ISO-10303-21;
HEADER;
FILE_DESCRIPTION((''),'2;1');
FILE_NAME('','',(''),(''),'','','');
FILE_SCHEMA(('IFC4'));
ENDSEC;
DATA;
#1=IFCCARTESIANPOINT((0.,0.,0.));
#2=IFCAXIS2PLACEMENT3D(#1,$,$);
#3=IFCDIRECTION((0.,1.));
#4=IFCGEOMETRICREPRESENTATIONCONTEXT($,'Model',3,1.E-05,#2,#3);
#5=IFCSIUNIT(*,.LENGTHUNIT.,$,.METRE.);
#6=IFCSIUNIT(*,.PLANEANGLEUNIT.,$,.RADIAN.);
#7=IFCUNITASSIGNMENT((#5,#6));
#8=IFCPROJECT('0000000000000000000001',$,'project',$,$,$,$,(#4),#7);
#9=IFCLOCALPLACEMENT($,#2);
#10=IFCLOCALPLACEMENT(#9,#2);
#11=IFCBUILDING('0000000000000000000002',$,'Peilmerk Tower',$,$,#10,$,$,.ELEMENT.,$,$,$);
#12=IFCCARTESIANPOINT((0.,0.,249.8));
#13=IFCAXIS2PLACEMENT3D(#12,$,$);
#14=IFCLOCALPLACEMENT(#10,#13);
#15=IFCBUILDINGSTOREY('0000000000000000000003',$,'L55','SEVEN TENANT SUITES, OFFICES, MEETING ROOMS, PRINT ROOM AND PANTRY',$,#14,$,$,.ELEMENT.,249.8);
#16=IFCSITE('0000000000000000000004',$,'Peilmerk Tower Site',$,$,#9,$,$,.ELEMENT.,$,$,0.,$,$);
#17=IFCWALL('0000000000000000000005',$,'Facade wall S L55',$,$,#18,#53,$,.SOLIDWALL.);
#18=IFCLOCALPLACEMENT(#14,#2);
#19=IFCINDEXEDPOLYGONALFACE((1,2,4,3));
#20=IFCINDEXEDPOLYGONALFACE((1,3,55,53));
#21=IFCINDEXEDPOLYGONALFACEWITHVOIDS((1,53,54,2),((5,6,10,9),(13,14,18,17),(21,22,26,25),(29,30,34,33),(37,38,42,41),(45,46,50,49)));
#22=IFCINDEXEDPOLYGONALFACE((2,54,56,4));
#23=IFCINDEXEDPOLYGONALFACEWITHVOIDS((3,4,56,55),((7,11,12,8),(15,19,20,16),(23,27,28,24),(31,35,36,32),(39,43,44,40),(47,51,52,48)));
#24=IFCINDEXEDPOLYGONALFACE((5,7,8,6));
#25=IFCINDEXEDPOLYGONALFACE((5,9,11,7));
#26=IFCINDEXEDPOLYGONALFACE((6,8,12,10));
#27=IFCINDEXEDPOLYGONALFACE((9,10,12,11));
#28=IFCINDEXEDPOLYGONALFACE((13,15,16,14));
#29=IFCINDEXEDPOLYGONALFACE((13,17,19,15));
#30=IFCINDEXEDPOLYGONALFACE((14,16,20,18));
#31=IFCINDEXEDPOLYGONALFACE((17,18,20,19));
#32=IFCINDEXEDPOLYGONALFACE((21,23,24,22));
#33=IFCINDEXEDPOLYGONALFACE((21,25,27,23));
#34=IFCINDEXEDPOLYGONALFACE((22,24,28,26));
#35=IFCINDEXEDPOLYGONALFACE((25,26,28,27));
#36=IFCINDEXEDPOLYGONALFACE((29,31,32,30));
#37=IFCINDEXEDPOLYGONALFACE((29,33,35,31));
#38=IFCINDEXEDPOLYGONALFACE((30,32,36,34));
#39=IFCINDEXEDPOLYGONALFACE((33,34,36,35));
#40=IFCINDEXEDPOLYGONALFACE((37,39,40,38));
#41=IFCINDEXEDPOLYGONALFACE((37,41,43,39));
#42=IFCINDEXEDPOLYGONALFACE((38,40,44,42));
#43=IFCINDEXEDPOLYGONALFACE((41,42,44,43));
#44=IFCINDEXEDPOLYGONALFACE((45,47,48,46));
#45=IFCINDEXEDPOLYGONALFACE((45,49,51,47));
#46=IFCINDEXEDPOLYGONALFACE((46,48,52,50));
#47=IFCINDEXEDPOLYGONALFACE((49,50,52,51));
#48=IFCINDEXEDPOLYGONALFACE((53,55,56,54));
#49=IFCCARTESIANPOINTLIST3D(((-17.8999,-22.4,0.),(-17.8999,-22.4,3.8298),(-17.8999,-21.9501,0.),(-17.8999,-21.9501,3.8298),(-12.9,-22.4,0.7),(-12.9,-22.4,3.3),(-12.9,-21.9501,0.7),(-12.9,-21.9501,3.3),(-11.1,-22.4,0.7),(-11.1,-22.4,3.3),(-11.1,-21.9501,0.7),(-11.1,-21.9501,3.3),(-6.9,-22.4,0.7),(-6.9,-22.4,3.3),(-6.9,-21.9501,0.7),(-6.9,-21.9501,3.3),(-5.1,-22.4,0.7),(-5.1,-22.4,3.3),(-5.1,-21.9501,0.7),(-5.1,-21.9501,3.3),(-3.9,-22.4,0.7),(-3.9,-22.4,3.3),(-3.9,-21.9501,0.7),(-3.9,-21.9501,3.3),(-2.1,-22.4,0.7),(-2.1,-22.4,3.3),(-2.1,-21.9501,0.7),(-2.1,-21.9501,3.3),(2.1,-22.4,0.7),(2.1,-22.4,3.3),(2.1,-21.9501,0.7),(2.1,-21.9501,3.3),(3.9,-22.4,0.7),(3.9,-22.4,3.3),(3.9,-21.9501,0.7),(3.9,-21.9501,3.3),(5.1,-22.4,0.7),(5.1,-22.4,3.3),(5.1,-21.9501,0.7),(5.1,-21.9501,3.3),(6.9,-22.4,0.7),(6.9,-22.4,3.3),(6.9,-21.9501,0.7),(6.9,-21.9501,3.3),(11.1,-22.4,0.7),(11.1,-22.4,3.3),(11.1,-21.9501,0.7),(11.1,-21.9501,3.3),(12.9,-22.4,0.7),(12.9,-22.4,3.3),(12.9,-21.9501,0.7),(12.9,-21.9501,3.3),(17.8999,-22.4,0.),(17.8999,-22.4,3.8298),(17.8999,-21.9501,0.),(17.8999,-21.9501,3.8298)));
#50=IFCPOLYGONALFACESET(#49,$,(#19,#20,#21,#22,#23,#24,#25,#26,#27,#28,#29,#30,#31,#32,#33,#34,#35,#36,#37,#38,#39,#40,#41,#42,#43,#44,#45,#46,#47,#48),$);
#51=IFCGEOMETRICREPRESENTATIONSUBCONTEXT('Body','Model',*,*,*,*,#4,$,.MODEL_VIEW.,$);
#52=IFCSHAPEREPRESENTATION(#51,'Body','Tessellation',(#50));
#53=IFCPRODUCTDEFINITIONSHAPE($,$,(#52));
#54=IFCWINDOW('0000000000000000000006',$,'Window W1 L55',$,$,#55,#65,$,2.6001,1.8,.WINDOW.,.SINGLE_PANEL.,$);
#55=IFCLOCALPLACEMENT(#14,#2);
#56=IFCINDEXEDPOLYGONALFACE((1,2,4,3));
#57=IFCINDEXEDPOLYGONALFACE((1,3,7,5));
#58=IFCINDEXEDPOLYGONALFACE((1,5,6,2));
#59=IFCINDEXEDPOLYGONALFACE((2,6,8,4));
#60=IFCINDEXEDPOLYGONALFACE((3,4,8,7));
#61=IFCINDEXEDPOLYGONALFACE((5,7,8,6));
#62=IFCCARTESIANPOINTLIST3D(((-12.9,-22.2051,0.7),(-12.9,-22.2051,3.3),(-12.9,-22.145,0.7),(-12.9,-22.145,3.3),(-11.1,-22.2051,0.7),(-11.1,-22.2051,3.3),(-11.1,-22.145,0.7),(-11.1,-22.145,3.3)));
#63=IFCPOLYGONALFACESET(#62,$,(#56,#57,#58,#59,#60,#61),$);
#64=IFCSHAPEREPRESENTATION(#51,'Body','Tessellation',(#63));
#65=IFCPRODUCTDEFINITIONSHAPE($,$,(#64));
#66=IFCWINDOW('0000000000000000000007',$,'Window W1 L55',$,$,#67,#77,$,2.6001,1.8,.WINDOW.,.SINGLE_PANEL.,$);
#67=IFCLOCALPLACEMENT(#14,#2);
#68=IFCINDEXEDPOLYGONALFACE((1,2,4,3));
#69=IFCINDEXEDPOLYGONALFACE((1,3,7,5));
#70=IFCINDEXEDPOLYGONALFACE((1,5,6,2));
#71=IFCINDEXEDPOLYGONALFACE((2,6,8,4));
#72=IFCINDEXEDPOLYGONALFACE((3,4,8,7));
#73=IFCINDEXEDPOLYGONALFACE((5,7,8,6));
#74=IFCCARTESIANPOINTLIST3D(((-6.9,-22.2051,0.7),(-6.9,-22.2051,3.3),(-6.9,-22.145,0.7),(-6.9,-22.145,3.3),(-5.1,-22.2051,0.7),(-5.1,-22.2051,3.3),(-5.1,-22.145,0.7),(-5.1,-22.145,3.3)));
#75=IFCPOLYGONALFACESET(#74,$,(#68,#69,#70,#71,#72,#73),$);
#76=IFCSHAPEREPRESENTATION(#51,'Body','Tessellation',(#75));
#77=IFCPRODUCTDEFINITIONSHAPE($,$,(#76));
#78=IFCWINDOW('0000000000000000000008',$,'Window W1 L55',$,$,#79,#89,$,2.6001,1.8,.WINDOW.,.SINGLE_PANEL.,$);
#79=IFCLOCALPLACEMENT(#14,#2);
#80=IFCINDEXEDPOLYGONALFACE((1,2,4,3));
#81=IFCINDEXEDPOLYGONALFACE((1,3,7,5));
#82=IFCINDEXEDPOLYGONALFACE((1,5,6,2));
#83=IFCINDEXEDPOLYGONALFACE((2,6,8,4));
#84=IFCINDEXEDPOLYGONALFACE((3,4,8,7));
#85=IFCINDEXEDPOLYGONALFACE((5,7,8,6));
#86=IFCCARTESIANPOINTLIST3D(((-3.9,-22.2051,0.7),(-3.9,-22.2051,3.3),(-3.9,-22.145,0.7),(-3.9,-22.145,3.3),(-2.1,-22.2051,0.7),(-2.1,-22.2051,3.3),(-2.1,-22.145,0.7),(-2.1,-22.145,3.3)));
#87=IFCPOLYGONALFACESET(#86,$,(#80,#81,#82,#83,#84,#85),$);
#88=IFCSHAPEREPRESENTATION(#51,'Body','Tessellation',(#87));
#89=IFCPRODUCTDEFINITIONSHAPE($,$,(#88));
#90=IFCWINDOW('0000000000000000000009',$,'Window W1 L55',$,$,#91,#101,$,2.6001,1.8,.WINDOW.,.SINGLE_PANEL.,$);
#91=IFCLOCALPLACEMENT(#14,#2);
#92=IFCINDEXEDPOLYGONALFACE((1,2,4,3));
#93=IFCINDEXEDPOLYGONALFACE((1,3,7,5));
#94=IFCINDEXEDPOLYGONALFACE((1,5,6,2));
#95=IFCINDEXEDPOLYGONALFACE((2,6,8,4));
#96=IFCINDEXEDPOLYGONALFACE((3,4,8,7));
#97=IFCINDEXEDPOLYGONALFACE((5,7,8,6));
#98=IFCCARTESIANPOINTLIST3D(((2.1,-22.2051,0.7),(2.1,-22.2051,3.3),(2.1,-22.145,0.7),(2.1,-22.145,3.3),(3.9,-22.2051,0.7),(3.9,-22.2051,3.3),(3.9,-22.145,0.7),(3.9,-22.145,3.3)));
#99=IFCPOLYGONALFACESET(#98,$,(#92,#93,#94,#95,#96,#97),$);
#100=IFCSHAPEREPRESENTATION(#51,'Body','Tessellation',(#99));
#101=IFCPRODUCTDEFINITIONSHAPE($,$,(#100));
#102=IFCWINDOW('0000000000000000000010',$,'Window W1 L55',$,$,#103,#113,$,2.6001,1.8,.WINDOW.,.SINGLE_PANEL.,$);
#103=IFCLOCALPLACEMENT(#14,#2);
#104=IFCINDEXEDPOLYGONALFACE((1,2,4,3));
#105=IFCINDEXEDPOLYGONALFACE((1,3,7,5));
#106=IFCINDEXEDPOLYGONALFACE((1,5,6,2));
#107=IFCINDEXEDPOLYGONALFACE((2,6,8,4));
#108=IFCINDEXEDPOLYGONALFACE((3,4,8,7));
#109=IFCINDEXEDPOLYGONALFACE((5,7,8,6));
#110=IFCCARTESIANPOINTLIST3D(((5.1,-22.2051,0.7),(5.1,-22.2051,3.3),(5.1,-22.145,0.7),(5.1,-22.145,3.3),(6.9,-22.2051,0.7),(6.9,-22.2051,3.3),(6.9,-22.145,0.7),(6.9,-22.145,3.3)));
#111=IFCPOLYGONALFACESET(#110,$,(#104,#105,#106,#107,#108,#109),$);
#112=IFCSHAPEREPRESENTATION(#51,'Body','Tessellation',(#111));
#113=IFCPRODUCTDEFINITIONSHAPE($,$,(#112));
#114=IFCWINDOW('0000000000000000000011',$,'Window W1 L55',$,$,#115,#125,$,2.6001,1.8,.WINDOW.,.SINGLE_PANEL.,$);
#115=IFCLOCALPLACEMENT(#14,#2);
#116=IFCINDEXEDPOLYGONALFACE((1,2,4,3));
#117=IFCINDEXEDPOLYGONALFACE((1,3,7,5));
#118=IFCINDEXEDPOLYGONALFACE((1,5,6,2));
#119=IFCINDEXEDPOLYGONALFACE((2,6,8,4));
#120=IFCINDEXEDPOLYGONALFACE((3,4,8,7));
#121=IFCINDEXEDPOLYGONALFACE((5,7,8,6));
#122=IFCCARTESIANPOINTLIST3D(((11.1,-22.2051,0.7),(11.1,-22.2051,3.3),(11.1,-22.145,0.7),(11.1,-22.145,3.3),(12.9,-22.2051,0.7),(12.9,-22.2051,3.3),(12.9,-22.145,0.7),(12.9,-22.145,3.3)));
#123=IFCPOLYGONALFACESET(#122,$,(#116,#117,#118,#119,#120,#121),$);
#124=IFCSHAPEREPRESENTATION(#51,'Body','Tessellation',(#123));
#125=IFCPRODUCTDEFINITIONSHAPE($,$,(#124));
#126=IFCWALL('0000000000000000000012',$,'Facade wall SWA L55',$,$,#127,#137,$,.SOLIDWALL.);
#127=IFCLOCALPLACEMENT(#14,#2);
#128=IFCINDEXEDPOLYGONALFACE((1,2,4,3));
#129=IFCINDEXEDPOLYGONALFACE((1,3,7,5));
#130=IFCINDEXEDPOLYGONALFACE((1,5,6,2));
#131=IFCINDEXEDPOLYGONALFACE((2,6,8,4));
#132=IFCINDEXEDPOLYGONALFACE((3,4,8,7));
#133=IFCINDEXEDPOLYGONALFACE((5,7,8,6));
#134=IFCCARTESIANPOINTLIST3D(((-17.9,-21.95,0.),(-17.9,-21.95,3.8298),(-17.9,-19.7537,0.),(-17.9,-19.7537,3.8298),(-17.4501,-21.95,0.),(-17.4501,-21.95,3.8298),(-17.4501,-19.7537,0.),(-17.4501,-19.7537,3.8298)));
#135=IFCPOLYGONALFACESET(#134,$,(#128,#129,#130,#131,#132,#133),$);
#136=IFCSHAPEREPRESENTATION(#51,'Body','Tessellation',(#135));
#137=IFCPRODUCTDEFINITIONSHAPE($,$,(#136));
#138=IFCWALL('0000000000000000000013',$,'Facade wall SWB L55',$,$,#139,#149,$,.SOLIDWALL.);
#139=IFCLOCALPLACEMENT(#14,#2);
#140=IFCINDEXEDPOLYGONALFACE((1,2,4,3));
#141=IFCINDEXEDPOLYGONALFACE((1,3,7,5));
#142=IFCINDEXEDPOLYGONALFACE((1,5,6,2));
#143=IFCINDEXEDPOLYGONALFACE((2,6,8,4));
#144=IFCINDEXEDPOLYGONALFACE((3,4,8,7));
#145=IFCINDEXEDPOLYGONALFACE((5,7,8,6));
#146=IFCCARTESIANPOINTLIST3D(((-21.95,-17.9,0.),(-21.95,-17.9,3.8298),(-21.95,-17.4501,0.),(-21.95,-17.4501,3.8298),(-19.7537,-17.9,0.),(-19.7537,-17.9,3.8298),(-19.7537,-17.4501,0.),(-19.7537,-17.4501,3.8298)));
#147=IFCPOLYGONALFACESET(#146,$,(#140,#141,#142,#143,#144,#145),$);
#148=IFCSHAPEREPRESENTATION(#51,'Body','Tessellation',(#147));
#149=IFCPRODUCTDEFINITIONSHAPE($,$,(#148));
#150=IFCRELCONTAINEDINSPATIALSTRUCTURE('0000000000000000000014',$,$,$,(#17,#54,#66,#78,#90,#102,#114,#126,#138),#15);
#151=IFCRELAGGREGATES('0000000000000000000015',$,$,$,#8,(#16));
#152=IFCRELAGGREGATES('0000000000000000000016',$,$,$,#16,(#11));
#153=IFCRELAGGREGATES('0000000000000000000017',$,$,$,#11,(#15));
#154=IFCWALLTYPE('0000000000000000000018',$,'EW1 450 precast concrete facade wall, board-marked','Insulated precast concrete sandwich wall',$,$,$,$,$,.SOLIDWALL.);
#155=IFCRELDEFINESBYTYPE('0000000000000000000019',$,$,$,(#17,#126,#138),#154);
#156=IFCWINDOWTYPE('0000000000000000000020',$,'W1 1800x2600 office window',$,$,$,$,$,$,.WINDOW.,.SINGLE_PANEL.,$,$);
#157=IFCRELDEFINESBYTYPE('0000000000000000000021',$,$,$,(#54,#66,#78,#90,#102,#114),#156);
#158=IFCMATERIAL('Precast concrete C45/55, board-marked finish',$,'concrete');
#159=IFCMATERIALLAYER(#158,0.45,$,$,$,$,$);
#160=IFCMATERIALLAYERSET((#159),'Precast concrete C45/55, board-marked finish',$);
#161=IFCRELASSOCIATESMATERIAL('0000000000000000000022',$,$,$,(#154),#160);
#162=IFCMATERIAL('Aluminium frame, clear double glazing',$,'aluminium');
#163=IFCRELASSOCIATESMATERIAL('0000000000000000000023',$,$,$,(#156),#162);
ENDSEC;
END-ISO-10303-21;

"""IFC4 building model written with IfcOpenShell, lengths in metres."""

from ifc_helpers import new_model, si_unit, direction, frame, frame_2d, origin, place, context, subcontext, project, spatial, rectangle, extrude, material, layer, layer_set, type_object, element, fill, save


model = new_model("IFC4")

# Units and contexts
model_context = context("Model", 3, precision=1e-05, world=origin(), true_north=direction((0.0, 1.0)))
body_context = subcontext(model_context, "Body", "Model", "MODEL_VIEW")
ifc_project = project(units=[si_unit("LENGTHUNIT", "METRE"), si_unit("PLANEANGLEUNIT", "RADIAN")], contexts=[model_context])

# Site, building, storey
site_placement = place(None, origin())
site = spatial("IfcSite", under=ifc_project, at=site_placement, Name="Peilmerk Tower Site", CompositionType="ELEMENT", RefElevation=0.0)
building_placement = place(site_placement, origin())
building = spatial("IfcBuilding", under=site, at=building_placement, Name="Peilmerk Tower", CompositionType="ELEMENT")
storey_placement = place(building_placement, frame((0.0, 0.0, 249.8)))
storey = spatial("IfcBuildingStorey", under=building, at=storey_placement, Name="L55", Description="SEVEN TENANT SUITES, OFFICES, MEETING ROOMS, PRINT ROOM AND PANTRY", CompositionType="ELEMENT", Elevation=249.8)

# Wall, openings, windows
ifc_material_1 = material(Name="Precast concrete C45/55, board-marked finish", Category="concrete")
ifc_layer_1 = layer(ifc_material_1, 0.45)
ifc_layer_set_1 = layer_set([ifc_layer_1], Name="Precast concrete C45/55, board-marked finish")
wall_type = type_object("IfcWallType", Name="EW1 450 precast concrete facade wall, board-marked", Description="Insulated precast concrete sandwich wall", PredefinedType="SOLIDWALL", material=ifc_layer_set_1)
wall_placement = place(storey_placement, frame((-17.8999, -22.175, 0.0), z_axis=(0.0, 0.0, 1.0), x_axis=(1.0, 0.0, 0.0)))
wall = element("IfcWall", 1, at=wall_placement, inside=storey, type_object=wall_type, Name="Facade wall S L55", PredefinedType="SOLIDWALL", context=body_context, shape_type="SweptSolid", body=[
    extrude(rectangle(XDim=35.7998, YDim=0.45, at=frame_2d((17.8999, 0.0))), origin(), (0.0, 0.0, 1.0), 3.8298),
])
opening_1_placement = place(wall_placement, frame((5.0, 0.0, 0.7)))
opening_1 = element("IfcOpeningElement", 2, at=opening_1_placement, cuts=wall, PredefinedType="OPENING", context=body_context, shape_type="SweptSolid", body=[
    extrude(rectangle(XDim=1.8, YDim=2.6001, at=frame_2d((0.8999, 1.3))), frame((0.0, 0.2349, 0.0), z_axis=(0.0, -1.0, 0.0), x_axis=(1.0, 0.0, 0.0)), (0.0, 0.0, 1.0), 0.47),
])
opening_2_placement = place(wall_placement, frame((11.0, 0.0, 0.7)))
opening_2 = element("IfcOpeningElement", 3, at=opening_2_placement, cuts=wall, PredefinedType="OPENING", context=body_context, shape_type="SweptSolid", body=[
    extrude(rectangle(XDim=1.8, YDim=2.6001, at=frame_2d((0.8999, 1.3))), frame((0.0, 0.2349, 0.0), z_axis=(0.0, -1.0, 0.0), x_axis=(1.0, 0.0, 0.0)), (0.0, 0.0, 1.0), 0.47),
])
opening_3_placement = place(wall_placement, frame((14.0, 0.0, 0.7)))
opening_3 = element("IfcOpeningElement", 4, at=opening_3_placement, cuts=wall, PredefinedType="OPENING", context=body_context, shape_type="SweptSolid", body=[
    extrude(rectangle(XDim=1.8, YDim=2.6001, at=frame_2d((0.8999, 1.3))), frame((0.0, 0.2349, 0.0), z_axis=(0.0, -1.0, 0.0), x_axis=(1.0, 0.0, 0.0)), (0.0, 0.0, 1.0), 0.47),
])
opening_4_placement = place(wall_placement, frame((20.0, 0.0, 0.7)))
opening_4 = element("IfcOpeningElement", 5, at=opening_4_placement, cuts=wall, PredefinedType="OPENING", context=body_context, shape_type="SweptSolid", body=[
    extrude(rectangle(XDim=1.8, YDim=2.6001, at=frame_2d((0.8999, 1.3))), frame((0.0, 0.2349, 0.0), z_axis=(0.0, -1.0, 0.0), x_axis=(1.0, 0.0, 0.0)), (0.0, 0.0, 1.0), 0.47),
])
opening_5_placement = place(wall_placement, frame((23.0, 0.0, 0.7)))
opening_5 = element("IfcOpeningElement", 6, at=opening_5_placement, cuts=wall, PredefinedType="OPENING", context=body_context, shape_type="SweptSolid", body=[
    extrude(rectangle(XDim=1.8, YDim=2.6001, at=frame_2d((0.8999, 1.3))), frame((0.0, 0.2349, 0.0), z_axis=(0.0, -1.0, 0.0), x_axis=(1.0, 0.0, 0.0)), (0.0, 0.0, 1.0), 0.47),
])
opening_6_placement = place(wall_placement, frame((29.0, 0.0, 0.7)))
opening_6 = element("IfcOpeningElement", 7, at=opening_6_placement, cuts=wall, PredefinedType="OPENING", context=body_context, shape_type="SweptSolid", body=[
    extrude(rectangle(XDim=1.8, YDim=2.6001, at=frame_2d((0.8999, 1.3))), frame((0.0, 0.2349, 0.0), z_axis=(0.0, -1.0, 0.0), x_axis=(1.0, 0.0, 0.0)), (0.0, 0.0, 1.0), 0.47),
])
ifc_material_2 = material(Name="Aluminium frame, clear double glazing", Category="aluminium")
window_type = type_object("IfcWindowType", Name="W1 1800x2600 office window", PartitioningType="SINGLE_PANEL", PredefinedType="WINDOW", material=ifc_material_2)
window_1_placement = place(opening_1_placement, origin())
window_1 = element("IfcWindow", 8, at=window_1_placement, inside=storey, type_object=window_type, Name="Window W1 L55", OverallHeight=2.6001, OverallWidth=1.8, PartitioningType="SINGLE_PANEL", PredefinedType="WINDOW", context=body_context, shape_type="SweptSolid", body=[
    extrude(rectangle(XDim=1.8, YDim=2.6001, at=frame_2d((0.8999, 1.3))), frame((0.0, 0.03, 0.0), z_axis=(0.0, -1.0, 0.0), x_axis=(1.0, 0.0, 0.0)), (0.0, 0.0, 1.0), 0.0601),
])
fill(opening_1, window_1)
window_2_placement = place(opening_2_placement, origin())
window_2 = element("IfcWindow", 9, at=window_2_placement, inside=storey, type_object=window_type, Name="Window W1 L55", OverallHeight=2.6001, OverallWidth=1.8, PartitioningType="SINGLE_PANEL", PredefinedType="WINDOW", context=body_context, shape_type="SweptSolid", body=[
    extrude(rectangle(XDim=1.8, YDim=2.6001, at=frame_2d((0.8999, 1.3))), frame((0.0, 0.03, 0.0), z_axis=(0.0, -1.0, 0.0), x_axis=(1.0, 0.0, 0.0)), (0.0, 0.0, 1.0), 0.0601),
])
fill(opening_2, window_2)
window_3_placement = place(opening_3_placement, origin())
window_3 = element("IfcWindow", 10, at=window_3_placement, inside=storey, type_object=window_type, Name="Window W1 L55", OverallHeight=2.6001, OverallWidth=1.8, PartitioningType="SINGLE_PANEL", PredefinedType="WINDOW", context=body_context, shape_type="SweptSolid", body=[
    extrude(rectangle(XDim=1.8, YDim=2.6001, at=frame_2d((0.8999, 1.3))), frame((0.0, 0.03, 0.0), z_axis=(0.0, -1.0, 0.0), x_axis=(1.0, 0.0, 0.0)), (0.0, 0.0, 1.0), 0.0601),
])
fill(opening_3, window_3)
window_4_placement = place(opening_4_placement, origin())
window_4 = element("IfcWindow", 11, at=window_4_placement, inside=storey, type_object=window_type, Name="Window W1 L55", OverallHeight=2.6001, OverallWidth=1.8, PartitioningType="SINGLE_PANEL", PredefinedType="WINDOW", context=body_context, shape_type="SweptSolid", body=[
    extrude(rectangle(XDim=1.8, YDim=2.6001, at=frame_2d((0.8999, 1.3))), frame((0.0, 0.03, 0.0), z_axis=(0.0, -1.0, 0.0), x_axis=(1.0, 0.0, 0.0)), (0.0, 0.0, 1.0), 0.0601),
])
fill(opening_4, window_4)
window_5_placement = place(opening_5_placement, origin())
window_5 = element("IfcWindow", 12, at=window_5_placement, inside=storey, type_object=window_type, Name="Window W1 L55", OverallHeight=2.6001, OverallWidth=1.8, PartitioningType="SINGLE_PANEL", PredefinedType="WINDOW", context=body_context, shape_type="SweptSolid", body=[
    extrude(rectangle(XDim=1.8, YDim=2.6001, at=frame_2d((0.8999, 1.3))), frame((0.0, 0.03, 0.0), z_axis=(0.0, -1.0, 0.0), x_axis=(1.0, 0.0, 0.0)), (0.0, 0.0, 1.0), 0.0601),
])
fill(opening_5, window_5)
window_6_placement = place(opening_6_placement, origin())
window_6 = element("IfcWindow", 13, at=window_6_placement, inside=storey, type_object=window_type, Name="Window W1 L55", OverallHeight=2.6001, OverallWidth=1.8, PartitioningType="SINGLE_PANEL", PredefinedType="WINDOW", context=body_context, shape_type="SweptSolid", body=[
    extrude(rectangle(XDim=1.8, YDim=2.6001, at=frame_2d((0.8999, 1.3))), frame((0.0, 0.03, 0.0), z_axis=(0.0, -1.0, 0.0), x_axis=(1.0, 0.0, 0.0)), (0.0, 0.0, 1.0), 0.0601),
])
fill(opening_6, window_6)

# Walls
for number, where, z_axis, x_axis, name in (
    (14, (-17.675, -19.7537, 0.0), (0.0, 0.0, 1.0), (0.0, -1.0, 0.0), "Facade wall SWA L55"),
    (15, (-19.7537, -17.675, 0.0), (0.0, 0.0, 1.0), (-1.0, 0.0, 0.0), "Facade wall SWB L55"),
):
    element("IfcWall", number, at=place(storey_placement, frame(where, z_axis=z_axis, x_axis=x_axis)), inside=storey, type_object=wall_type, Name=name, PredefinedType="SOLIDWALL", context=body_context, shape_type="SweptSolid", body=[
        extrude(rectangle(XDim=2.1963, YDim=0.45, at=frame_2d((1.0981, 0.0))), origin(), (0.0, 0.0, 1.0), 3.8298),
    ])

save(model, "model.ifc")
